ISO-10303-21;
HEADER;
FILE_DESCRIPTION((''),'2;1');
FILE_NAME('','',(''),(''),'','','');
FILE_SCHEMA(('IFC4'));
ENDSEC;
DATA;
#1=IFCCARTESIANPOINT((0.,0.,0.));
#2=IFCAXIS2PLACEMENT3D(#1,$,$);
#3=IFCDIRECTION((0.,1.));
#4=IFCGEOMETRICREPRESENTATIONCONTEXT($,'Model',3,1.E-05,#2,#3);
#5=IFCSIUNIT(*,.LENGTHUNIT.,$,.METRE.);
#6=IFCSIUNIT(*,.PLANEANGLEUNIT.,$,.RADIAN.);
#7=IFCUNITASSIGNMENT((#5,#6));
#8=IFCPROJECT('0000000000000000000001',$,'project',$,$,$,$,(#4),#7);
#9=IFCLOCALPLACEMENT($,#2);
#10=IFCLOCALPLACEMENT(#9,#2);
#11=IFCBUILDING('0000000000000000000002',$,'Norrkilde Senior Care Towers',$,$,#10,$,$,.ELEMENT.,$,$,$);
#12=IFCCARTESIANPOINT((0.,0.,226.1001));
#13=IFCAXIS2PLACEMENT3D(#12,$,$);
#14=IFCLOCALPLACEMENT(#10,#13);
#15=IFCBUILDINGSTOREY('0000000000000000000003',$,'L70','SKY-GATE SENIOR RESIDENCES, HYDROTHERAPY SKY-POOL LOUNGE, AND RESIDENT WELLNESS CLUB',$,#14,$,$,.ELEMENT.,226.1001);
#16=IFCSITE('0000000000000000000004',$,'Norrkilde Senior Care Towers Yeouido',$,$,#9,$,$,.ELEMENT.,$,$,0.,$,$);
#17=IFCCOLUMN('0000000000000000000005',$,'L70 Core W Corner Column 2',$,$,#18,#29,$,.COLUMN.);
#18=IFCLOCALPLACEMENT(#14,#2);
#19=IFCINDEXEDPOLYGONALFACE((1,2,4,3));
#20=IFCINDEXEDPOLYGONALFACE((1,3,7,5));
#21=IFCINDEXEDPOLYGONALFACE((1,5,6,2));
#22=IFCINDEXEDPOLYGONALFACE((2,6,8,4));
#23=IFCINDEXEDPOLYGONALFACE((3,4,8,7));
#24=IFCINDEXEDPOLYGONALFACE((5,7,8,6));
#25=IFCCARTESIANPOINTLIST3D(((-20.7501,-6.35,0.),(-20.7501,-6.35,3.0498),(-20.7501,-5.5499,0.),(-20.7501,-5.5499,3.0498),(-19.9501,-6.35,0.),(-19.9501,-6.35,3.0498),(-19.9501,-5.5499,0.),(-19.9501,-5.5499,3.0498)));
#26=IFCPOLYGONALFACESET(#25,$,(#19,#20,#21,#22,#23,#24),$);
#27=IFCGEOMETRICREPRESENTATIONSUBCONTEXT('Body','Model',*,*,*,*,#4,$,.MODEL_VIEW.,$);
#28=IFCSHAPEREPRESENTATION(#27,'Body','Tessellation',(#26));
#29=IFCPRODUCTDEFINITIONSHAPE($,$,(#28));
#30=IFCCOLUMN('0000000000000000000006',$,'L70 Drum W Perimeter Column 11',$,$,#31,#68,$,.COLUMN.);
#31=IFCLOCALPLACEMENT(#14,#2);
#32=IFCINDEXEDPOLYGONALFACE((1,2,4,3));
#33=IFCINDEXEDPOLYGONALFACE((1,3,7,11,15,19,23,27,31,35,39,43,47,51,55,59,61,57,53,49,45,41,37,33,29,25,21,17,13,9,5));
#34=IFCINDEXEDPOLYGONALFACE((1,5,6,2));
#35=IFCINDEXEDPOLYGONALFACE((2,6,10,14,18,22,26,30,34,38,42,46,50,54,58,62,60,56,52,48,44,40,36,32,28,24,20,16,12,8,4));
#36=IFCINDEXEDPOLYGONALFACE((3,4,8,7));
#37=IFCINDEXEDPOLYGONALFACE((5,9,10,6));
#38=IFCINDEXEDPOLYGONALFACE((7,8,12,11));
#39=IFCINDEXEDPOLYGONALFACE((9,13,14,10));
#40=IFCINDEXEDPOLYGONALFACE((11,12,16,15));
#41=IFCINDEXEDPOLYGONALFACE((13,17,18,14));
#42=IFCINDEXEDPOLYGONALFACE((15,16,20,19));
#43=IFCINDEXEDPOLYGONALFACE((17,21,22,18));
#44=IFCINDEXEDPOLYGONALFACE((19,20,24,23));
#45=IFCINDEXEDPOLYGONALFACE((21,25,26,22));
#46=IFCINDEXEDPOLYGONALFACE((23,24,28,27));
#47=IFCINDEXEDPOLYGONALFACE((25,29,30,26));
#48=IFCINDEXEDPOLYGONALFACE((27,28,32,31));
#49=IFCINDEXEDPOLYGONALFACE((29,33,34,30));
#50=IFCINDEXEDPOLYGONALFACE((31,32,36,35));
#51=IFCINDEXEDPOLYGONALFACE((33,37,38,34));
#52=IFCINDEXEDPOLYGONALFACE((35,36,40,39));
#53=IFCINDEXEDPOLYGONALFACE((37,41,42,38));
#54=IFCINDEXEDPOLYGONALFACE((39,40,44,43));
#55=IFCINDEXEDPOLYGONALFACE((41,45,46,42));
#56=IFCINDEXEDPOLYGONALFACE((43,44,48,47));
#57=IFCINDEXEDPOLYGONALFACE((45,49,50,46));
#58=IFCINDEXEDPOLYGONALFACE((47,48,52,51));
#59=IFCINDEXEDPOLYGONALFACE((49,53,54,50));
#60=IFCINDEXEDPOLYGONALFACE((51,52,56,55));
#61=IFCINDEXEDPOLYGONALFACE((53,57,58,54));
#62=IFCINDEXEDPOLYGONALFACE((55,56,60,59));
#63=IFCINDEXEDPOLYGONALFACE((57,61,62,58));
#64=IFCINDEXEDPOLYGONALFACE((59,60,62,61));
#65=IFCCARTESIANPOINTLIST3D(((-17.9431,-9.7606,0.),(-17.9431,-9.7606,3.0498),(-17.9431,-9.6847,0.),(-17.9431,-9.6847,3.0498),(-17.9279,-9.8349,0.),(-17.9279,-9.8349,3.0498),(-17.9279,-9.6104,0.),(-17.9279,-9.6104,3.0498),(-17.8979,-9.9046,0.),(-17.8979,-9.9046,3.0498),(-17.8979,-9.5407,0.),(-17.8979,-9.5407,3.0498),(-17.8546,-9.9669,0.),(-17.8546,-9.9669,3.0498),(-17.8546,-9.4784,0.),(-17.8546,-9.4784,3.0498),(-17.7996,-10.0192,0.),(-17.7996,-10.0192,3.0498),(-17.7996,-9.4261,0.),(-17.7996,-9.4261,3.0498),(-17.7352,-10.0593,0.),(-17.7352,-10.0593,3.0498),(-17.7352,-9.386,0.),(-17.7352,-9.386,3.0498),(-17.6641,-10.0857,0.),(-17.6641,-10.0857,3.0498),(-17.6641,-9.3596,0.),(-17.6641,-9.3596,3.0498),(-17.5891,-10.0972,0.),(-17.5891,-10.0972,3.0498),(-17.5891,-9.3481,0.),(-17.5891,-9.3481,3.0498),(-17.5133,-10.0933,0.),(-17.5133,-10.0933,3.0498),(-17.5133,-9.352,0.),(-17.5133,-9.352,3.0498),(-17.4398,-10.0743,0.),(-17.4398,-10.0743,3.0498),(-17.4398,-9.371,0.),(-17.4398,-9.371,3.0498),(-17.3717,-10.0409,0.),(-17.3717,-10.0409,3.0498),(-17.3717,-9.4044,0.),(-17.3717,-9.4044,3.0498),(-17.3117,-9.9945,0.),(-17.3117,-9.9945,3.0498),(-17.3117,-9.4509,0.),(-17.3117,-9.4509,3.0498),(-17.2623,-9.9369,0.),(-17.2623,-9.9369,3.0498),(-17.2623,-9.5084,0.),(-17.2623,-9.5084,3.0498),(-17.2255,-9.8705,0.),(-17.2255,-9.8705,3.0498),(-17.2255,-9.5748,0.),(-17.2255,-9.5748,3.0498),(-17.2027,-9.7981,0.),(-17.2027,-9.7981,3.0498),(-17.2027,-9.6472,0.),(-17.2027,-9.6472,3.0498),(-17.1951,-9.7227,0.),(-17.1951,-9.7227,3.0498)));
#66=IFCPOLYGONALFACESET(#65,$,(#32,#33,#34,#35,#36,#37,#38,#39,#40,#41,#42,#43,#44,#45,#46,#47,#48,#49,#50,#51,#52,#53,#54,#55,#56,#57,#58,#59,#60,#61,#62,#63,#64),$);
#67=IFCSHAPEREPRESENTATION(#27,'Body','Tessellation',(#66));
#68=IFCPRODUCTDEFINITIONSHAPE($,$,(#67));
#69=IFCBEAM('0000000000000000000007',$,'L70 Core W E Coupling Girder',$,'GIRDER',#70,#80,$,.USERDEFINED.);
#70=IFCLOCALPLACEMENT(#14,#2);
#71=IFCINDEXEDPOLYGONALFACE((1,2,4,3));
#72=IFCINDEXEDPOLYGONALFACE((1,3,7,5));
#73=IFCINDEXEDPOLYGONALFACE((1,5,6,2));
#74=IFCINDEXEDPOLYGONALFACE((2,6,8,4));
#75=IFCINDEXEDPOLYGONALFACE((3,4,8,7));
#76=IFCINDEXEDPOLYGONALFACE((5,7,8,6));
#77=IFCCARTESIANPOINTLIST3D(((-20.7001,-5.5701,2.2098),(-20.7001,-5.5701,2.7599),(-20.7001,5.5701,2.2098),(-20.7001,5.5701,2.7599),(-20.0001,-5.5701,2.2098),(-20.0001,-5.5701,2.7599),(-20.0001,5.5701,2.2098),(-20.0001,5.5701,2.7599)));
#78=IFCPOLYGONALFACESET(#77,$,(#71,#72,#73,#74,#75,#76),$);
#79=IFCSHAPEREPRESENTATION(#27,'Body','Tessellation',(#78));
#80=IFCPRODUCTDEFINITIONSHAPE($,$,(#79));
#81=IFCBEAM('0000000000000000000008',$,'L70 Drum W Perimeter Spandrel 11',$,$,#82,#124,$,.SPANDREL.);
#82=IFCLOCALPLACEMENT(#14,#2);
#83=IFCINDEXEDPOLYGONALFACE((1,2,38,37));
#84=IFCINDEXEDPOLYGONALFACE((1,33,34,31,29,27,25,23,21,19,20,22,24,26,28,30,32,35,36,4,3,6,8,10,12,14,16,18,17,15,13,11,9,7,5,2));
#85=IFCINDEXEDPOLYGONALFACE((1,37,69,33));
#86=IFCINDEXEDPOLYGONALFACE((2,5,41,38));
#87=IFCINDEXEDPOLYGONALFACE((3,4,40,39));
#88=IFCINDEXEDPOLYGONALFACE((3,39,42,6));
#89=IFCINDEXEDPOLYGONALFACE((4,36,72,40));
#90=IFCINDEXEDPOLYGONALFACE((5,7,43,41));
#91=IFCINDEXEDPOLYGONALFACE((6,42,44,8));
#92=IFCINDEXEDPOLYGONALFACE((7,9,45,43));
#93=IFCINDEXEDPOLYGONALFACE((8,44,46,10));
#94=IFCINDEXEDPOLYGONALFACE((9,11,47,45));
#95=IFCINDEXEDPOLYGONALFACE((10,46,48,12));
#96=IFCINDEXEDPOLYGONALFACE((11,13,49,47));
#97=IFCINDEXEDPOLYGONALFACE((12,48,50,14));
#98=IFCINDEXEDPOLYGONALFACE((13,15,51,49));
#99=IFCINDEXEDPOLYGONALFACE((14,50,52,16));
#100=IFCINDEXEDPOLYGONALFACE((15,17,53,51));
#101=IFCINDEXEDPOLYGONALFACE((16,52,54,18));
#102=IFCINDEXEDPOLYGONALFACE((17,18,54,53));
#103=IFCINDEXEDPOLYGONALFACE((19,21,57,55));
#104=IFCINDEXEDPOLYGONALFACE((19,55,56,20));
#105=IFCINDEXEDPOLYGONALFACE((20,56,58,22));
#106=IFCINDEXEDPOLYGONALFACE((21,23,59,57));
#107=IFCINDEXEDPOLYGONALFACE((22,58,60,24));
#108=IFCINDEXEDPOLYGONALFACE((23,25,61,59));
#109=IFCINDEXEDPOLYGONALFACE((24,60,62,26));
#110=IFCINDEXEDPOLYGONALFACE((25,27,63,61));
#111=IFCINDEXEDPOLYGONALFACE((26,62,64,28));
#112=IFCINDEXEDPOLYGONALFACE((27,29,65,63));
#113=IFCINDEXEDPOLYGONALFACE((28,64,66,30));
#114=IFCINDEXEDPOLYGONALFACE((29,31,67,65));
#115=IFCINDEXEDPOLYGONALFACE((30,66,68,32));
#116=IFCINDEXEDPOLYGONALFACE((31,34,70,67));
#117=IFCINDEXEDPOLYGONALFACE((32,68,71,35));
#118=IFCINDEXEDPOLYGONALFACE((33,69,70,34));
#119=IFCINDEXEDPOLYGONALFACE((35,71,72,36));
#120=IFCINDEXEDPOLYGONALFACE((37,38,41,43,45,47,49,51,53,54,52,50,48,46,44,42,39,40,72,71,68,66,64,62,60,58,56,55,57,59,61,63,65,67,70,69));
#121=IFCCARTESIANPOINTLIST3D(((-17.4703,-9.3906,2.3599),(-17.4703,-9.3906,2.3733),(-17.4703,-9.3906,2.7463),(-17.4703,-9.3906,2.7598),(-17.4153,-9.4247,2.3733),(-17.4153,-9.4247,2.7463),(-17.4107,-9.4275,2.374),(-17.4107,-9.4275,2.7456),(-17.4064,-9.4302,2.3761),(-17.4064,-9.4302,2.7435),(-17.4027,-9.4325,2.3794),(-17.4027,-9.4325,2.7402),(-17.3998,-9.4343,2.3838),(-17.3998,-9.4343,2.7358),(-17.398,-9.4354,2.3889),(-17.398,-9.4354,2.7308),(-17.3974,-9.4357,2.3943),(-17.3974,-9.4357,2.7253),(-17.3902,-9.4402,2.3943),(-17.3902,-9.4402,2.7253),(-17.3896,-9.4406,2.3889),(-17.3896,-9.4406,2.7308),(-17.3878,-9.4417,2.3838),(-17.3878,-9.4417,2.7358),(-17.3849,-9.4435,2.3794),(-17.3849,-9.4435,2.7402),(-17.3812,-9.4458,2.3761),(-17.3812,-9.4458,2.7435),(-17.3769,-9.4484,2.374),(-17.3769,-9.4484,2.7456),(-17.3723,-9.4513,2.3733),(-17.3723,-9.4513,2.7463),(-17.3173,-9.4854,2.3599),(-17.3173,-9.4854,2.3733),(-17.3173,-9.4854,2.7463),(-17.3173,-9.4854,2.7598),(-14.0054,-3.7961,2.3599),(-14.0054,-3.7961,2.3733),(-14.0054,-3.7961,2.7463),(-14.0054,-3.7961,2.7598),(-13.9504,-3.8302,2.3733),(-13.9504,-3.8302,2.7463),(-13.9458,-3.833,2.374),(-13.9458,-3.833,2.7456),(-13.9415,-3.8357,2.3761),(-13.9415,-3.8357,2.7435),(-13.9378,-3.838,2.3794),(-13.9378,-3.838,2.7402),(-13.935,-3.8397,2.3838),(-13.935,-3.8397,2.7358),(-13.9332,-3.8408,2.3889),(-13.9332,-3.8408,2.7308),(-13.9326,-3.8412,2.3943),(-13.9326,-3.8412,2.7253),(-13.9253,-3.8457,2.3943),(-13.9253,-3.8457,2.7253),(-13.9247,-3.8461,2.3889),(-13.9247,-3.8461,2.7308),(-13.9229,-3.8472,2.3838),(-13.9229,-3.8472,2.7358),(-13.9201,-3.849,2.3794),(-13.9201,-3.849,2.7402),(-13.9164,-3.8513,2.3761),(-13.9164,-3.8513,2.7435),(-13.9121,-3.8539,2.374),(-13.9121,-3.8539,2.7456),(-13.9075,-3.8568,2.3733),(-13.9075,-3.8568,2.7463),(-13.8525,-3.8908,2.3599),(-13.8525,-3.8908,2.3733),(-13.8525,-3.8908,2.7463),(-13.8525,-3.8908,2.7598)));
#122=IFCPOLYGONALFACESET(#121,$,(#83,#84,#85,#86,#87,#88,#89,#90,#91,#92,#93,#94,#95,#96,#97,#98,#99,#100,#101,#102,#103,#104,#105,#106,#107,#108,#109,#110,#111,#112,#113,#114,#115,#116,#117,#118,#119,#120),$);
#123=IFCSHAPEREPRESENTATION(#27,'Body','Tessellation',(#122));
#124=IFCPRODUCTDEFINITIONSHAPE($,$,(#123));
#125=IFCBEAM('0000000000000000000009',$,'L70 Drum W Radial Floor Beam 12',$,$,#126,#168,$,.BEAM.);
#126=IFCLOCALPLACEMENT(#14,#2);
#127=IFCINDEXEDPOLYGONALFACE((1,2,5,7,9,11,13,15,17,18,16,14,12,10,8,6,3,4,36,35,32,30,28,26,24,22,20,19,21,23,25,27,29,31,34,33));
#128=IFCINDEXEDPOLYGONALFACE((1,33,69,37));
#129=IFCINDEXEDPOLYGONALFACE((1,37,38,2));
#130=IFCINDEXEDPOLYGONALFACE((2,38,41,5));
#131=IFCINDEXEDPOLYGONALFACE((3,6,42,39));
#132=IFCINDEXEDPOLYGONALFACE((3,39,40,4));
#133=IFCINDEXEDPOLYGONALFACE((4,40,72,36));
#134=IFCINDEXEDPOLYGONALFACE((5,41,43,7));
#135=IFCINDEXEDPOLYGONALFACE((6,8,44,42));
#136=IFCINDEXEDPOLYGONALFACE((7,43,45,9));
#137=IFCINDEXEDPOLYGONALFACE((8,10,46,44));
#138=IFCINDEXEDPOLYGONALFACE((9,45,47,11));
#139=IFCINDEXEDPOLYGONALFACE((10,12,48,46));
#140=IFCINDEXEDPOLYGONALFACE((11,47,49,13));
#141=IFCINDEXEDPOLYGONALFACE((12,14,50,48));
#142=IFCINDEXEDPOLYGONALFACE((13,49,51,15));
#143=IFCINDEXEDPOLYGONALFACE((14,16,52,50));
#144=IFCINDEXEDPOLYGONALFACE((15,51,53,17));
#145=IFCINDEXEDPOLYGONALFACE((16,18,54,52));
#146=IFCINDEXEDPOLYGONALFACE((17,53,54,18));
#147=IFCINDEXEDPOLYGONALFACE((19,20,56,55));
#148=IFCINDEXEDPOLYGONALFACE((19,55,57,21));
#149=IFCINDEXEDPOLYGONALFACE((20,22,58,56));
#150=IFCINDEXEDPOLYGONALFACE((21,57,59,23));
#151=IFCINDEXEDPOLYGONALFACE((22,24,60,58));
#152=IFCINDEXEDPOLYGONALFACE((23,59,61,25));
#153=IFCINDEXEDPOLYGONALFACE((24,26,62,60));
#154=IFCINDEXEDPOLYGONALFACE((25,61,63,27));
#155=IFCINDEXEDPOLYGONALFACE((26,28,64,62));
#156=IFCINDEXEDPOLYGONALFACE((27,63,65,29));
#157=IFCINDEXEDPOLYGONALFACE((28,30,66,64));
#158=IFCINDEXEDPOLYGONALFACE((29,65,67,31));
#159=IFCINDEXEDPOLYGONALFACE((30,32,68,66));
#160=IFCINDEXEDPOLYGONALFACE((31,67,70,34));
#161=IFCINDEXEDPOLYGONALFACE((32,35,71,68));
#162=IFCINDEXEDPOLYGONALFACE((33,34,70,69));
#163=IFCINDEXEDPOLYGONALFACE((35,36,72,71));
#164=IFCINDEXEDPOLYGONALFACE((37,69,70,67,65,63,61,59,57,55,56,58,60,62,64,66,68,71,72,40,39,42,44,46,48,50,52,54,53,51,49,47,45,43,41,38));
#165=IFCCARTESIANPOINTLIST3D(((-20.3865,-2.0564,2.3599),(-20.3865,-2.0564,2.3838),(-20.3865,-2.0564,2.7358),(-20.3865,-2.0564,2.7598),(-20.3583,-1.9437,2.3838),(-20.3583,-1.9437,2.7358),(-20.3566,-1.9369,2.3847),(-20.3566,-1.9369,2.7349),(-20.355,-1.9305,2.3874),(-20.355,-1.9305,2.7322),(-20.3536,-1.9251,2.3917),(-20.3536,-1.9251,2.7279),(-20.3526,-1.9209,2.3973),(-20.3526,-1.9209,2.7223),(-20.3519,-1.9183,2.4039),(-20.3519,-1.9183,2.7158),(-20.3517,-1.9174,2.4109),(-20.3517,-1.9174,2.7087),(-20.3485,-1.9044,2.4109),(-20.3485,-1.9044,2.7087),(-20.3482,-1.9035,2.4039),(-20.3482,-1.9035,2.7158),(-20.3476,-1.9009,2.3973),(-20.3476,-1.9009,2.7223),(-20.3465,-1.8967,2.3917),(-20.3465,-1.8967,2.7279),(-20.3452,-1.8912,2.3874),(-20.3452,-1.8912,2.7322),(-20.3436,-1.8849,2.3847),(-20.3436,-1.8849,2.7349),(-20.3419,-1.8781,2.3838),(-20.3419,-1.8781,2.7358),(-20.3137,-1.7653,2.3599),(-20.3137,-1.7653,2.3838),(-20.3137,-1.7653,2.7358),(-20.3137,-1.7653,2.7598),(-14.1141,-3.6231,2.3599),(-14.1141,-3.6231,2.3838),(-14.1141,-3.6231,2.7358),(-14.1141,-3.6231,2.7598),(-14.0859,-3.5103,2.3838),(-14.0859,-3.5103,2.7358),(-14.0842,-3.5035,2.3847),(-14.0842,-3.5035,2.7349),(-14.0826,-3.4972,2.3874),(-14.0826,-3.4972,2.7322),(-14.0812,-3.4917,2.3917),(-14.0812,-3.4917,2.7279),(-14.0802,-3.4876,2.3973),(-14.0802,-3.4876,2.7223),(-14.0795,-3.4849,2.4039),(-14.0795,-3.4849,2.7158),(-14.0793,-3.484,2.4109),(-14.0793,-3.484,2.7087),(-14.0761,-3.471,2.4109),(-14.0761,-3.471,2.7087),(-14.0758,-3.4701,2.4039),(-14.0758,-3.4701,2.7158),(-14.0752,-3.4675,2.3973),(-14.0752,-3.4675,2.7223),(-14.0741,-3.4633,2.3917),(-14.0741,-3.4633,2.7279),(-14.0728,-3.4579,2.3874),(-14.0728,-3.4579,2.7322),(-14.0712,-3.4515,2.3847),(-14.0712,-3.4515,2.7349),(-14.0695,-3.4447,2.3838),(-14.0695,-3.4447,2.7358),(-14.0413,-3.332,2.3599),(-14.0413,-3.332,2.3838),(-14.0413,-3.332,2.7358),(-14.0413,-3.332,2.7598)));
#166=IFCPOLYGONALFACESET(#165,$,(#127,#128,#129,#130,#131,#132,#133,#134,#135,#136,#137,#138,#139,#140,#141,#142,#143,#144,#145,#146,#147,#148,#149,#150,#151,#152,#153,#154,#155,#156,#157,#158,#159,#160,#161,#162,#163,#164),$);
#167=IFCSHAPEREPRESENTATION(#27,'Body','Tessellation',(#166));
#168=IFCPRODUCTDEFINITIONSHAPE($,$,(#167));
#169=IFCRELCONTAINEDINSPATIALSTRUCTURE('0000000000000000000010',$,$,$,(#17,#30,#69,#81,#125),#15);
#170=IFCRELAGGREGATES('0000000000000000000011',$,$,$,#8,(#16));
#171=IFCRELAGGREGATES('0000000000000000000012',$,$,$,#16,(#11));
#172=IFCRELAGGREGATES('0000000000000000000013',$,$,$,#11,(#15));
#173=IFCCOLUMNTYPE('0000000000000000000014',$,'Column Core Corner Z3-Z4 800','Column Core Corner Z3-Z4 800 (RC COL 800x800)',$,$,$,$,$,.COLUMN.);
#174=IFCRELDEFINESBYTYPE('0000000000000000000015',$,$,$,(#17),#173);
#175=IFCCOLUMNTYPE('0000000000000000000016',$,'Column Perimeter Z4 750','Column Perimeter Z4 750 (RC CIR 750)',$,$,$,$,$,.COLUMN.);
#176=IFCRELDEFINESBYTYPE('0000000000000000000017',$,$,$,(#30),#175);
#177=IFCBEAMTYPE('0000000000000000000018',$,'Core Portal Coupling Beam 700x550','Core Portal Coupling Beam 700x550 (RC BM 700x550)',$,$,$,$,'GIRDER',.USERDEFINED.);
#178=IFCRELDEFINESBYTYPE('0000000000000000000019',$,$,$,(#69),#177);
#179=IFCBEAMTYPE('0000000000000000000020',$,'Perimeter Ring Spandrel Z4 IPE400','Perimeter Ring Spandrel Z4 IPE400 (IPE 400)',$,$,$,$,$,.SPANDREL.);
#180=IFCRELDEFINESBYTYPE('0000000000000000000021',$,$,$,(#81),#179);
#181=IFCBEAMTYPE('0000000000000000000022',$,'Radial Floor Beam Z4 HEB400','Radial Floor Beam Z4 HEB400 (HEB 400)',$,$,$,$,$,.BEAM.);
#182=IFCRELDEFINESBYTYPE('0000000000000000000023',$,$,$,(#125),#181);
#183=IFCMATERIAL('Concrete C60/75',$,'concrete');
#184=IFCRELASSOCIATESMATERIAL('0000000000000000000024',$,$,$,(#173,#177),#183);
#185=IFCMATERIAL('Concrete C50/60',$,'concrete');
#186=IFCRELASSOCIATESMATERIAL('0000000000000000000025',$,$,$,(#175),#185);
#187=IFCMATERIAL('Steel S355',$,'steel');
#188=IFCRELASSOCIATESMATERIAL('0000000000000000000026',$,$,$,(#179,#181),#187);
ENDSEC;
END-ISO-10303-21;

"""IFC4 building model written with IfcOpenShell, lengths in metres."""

from ifc_helpers import new_model, si_unit, direction, frame, origin, origin_2d, place, context, subcontext, project, spatial, rectangle, circle, i_section, extrude, source, transform, mapped, material, material_profile, profile_set, type_object, type_shapes, element, save


model = new_model("IFC4")

# Units and contexts
model_context = context("Model", 3, precision=1e-05, world=origin(), true_north=direction((0.0, 1.0)))
body_context = subcontext(model_context, "Body", "Model", "MODEL_VIEW")
ifc_project = project(units=[si_unit("LENGTHUNIT", "METRE"), si_unit("PLANEANGLEUNIT", "RADIAN")], contexts=[model_context])

# Site, building, storey
site_placement = place(None, origin())
site = spatial("IfcSite", under=ifc_project, at=site_placement, Name="Norrkilde Senior Care Towers Yeouido", CompositionType="ELEMENT", RefElevation=0.0)
building_placement = place(site_placement, origin())
building = spatial("IfcBuilding", under=site, at=building_placement, Name="Norrkilde Senior Care Towers", CompositionType="ELEMENT")
storey_placement = place(building_placement, frame((0.0, 0.0, 226.1001)))
storey = spatial("IfcBuildingStorey", under=building, at=storey_placement, Name="L70", Description="SKY-GATE SENIOR RESIDENCES, HYDROTHERAPY SKY-POOL LOUNGE, AND RESIDENT WELLNESS CLUB", CompositionType="ELEMENT", Elevation=226.1001)

# Columns
ifc_material_1 = material(Name="Concrete C60/75", Category="concrete")
ifc_material_profile_1 = material_profile(ifc_material_1, rectangle(XDim=0.8, YDim=0.8, at=origin_2d()), Name="RC COL 800x800")
ifc_profile_set_1 = profile_set([ifc_material_profile_1], Name="Concrete C60/75")
column_type_1 = type_object("IfcColumnType", Name="Column Core Corner Z3-Z4 800", Description="Column Core Corner Z3-Z4 800 (RC COL 800x800)", PredefinedType="COLUMN", material=ifc_profile_set_1)
shared_shape_1 = source(origin(), body_context, "Body", "SweptSolid", [
    extrude(rectangle(XDim=0.8, YDim=0.8, at=origin_2d()), origin(), (0.0, 0.0, 1.0), 3.0498),
])
type_shapes(column_type_1, [shared_shape_1])
column_1_placement = place(storey_placement, frame((-20.3501, -5.95, 0.0), z_axis=(0.0, 0.0, 1.0), x_axis=(1.0, 0.0, 0.0)))
element("IfcColumn", 1, at=column_1_placement, inside=storey, type_object=column_type_1, Name="L70 Core W Corner Column 2", PredefinedType="COLUMN", context=body_context, shape_type="MappedRepresentation", body=[
    mapped(shared_shape_1, transform((0.0, 0.0, 0.0), x_axis=(1.0, 0.0, 0.0), y_axis=(0.0, 1.0, 0.0), z_axis=(0.0, 0.0, 1.0), scale=1.0)),
])
ifc_material_2 = material(Name="Concrete C50/60", Category="concrete")
ifc_material_profile_2 = material_profile(ifc_material_2, circle(Radius=0.375, at=origin_2d()), Name="RC CIR 750")
ifc_profile_set_2 = profile_set([ifc_material_profile_2], Name="Concrete C50/60")
column_type_2 = type_object("IfcColumnType", Name="Column Perimeter Z4 750", Description="Column Perimeter Z4 750 (RC CIR 750)", PredefinedType="COLUMN", material=ifc_profile_set_2)
shared_shape_2 = source(origin(), body_context, "Body", "SweptSolid", [
    extrude(circle(Radius=0.375, at=origin_2d()), origin(), (0.0, 0.0, 1.0), 3.0498),
])
type_shapes(column_type_2, [shared_shape_2])
column_2_placement = place(storey_placement, frame((-17.5701, -9.7227, 0.0), z_axis=(0.0, 0.0, 1.0), x_axis=(1.0, 0.0, 0.0)))
element("IfcColumn", 2, at=column_2_placement, inside=storey, type_object=column_type_2, Name="L70 Drum W Perimeter Column 11", PredefinedType="COLUMN", context=body_context, shape_type="MappedRepresentation", body=[
    mapped(shared_shape_2, transform((0.0, 0.0, 0.0), x_axis=(1.0, 0.0, 0.0), y_axis=(0.0, 1.0, 0.0), z_axis=(0.0, 0.0, 1.0), scale=1.0)),
])

# Beams
ifc_material_profile_3 = material_profile(ifc_material_1, rectangle(XDim=0.7, YDim=0.55, at=origin_2d()), Name="RC BM 700x550")
ifc_profile_set_3 = profile_set([ifc_material_profile_3], Name="Concrete C60/75")
beam_type_1 = type_object("IfcBeamType", Name="Core Portal Coupling Beam 700x550", Description="Core Portal Coupling Beam 700x550 (RC BM 700x550)", ElementType="GIRDER", PredefinedType="USERDEFINED", material=ifc_profile_set_3)
shared_shape_3 = source(origin(), body_context, "Body", "SweptSolid", [
    extrude(rectangle(XDim=0.7, YDim=0.55, at=origin_2d()), origin(), (0.0, 0.0, 1.0), 11.1401),
])
type_shapes(beam_type_1, [shared_shape_3])
beam_1_placement = place(storey_placement, frame((-20.3501, -5.5701, 2.4849), z_axis=(0.0, 1.0, 0.0), x_axis=(-1.0, 0.0, 0.0)))
element("IfcBeam", 3, at=beam_1_placement, inside=storey, type_object=beam_type_1, Name="L70 Core W E Coupling Girder", ObjectType="GIRDER", PredefinedType="USERDEFINED", context=body_context, shape_type="MappedRepresentation", body=[
    mapped(shared_shape_3, transform((0.0, 0.0, 0.0), x_axis=(1.0, 0.0, 0.0), y_axis=(0.0, 1.0, 0.0), z_axis=(0.0, 0.0, 1.0), scale=1.0)),
])
ifc_material_3 = material(Name="Steel S355", Category="steel")
ifc_material_profile_4 = material_profile(ifc_material_3, i_section(OverallWidth=0.1799, OverallDepth=0.3999, WebThickness=0.0085, FlangeThickness=0.0134, FilletRadius=0.021, at=origin_2d()), Name="IPE 400")
ifc_profile_set_4 = profile_set([ifc_material_profile_4], Name="Steel S355")
beam_type_2 = type_object("IfcBeamType", Name="Perimeter Ring Spandrel Z4 IPE400", Description="Perimeter Ring Spandrel Z4 IPE400 (IPE 400)", PredefinedType="SPANDREL", material=ifc_profile_set_4)
shared_shape_4 = source(origin(), body_context, "Body", "SweptSolid", [
    extrude(i_section(OverallWidth=0.1799, OverallDepth=0.3999, WebThickness=0.0085, FlangeThickness=0.0134, FilletRadius=0.021, at=origin_2d()), origin(), (0.0, 0.0, 1.0), 6.5806),
])
type_shapes(beam_type_2, [shared_shape_4])
beam_2_placement = place(storey_placement, frame((-17.3938, -9.438, 2.5598), z_axis=(0.52653, 0.850157, 0.0), x_axis=(-0.850157, 0.52653, 0.0)))
element("IfcBeam", 4, at=beam_2_placement, inside=storey, type_object=beam_type_2, Name="L70 Drum W Perimeter Spandrel 11", PredefinedType="SPANDREL", context=body_context, shape_type="MappedRepresentation", body=[
    mapped(shared_shape_4, transform((0.0, 0.0, 0.0), x_axis=(1.0, 0.0, 0.0), y_axis=(0.0, 1.0, 0.0), z_axis=(0.0, 0.0, 1.0), scale=1.0)),
])
ifc_material_profile_5 = material_profile(ifc_material_3, i_section(OverallWidth=0.3, OverallDepth=0.3999, WebThickness=0.0134, FlangeThickness=0.0239, FilletRadius=0.0271, at=origin_2d()), Name="HEB 400")
ifc_profile_set_5 = profile_set([ifc_material_profile_5], Name="Steel S355")
beam_type_3 = type_object("IfcBeamType", Name="Radial Floor Beam Z4 HEB400", Description="Radial Floor Beam Z4 HEB400 (HEB 400)", PredefinedType="BEAM", material=ifc_profile_set_5)
shared_shape_5 = source(origin(), body_context, "Body", "SweptSolid", [
    extrude(i_section(OverallWidth=0.3, OverallDepth=0.3999, WebThickness=0.0134, FlangeThickness=0.0239, FilletRadius=0.0271, at=origin_2d()), origin(), (0.0, 0.0, 1.0), 6.4651),
])
beam_3_placement = place(storey_placement, frame((-20.3501, -1.9109, 2.5598), z_axis=(0.970196, -0.242322, 0.0), x_axis=(0.242322, 0.970196, 0.0)))
element("IfcBeam", 5, at=beam_3_placement, inside=storey, type_object=beam_type_3, Name="L70 Drum W Radial Floor Beam 12", PredefinedType="BEAM", context=body_context, shape_type="MappedRepresentation", body=[
    mapped(shared_shape_5, transform((0.0, 0.0, 0.0), x_axis=(1.0, 0.0, 0.0), y_axis=(0.0, 1.0, 0.0), z_axis=(0.0, 0.0, 1.0), scale=1.0)),
])

save(model, "model.ifc")
